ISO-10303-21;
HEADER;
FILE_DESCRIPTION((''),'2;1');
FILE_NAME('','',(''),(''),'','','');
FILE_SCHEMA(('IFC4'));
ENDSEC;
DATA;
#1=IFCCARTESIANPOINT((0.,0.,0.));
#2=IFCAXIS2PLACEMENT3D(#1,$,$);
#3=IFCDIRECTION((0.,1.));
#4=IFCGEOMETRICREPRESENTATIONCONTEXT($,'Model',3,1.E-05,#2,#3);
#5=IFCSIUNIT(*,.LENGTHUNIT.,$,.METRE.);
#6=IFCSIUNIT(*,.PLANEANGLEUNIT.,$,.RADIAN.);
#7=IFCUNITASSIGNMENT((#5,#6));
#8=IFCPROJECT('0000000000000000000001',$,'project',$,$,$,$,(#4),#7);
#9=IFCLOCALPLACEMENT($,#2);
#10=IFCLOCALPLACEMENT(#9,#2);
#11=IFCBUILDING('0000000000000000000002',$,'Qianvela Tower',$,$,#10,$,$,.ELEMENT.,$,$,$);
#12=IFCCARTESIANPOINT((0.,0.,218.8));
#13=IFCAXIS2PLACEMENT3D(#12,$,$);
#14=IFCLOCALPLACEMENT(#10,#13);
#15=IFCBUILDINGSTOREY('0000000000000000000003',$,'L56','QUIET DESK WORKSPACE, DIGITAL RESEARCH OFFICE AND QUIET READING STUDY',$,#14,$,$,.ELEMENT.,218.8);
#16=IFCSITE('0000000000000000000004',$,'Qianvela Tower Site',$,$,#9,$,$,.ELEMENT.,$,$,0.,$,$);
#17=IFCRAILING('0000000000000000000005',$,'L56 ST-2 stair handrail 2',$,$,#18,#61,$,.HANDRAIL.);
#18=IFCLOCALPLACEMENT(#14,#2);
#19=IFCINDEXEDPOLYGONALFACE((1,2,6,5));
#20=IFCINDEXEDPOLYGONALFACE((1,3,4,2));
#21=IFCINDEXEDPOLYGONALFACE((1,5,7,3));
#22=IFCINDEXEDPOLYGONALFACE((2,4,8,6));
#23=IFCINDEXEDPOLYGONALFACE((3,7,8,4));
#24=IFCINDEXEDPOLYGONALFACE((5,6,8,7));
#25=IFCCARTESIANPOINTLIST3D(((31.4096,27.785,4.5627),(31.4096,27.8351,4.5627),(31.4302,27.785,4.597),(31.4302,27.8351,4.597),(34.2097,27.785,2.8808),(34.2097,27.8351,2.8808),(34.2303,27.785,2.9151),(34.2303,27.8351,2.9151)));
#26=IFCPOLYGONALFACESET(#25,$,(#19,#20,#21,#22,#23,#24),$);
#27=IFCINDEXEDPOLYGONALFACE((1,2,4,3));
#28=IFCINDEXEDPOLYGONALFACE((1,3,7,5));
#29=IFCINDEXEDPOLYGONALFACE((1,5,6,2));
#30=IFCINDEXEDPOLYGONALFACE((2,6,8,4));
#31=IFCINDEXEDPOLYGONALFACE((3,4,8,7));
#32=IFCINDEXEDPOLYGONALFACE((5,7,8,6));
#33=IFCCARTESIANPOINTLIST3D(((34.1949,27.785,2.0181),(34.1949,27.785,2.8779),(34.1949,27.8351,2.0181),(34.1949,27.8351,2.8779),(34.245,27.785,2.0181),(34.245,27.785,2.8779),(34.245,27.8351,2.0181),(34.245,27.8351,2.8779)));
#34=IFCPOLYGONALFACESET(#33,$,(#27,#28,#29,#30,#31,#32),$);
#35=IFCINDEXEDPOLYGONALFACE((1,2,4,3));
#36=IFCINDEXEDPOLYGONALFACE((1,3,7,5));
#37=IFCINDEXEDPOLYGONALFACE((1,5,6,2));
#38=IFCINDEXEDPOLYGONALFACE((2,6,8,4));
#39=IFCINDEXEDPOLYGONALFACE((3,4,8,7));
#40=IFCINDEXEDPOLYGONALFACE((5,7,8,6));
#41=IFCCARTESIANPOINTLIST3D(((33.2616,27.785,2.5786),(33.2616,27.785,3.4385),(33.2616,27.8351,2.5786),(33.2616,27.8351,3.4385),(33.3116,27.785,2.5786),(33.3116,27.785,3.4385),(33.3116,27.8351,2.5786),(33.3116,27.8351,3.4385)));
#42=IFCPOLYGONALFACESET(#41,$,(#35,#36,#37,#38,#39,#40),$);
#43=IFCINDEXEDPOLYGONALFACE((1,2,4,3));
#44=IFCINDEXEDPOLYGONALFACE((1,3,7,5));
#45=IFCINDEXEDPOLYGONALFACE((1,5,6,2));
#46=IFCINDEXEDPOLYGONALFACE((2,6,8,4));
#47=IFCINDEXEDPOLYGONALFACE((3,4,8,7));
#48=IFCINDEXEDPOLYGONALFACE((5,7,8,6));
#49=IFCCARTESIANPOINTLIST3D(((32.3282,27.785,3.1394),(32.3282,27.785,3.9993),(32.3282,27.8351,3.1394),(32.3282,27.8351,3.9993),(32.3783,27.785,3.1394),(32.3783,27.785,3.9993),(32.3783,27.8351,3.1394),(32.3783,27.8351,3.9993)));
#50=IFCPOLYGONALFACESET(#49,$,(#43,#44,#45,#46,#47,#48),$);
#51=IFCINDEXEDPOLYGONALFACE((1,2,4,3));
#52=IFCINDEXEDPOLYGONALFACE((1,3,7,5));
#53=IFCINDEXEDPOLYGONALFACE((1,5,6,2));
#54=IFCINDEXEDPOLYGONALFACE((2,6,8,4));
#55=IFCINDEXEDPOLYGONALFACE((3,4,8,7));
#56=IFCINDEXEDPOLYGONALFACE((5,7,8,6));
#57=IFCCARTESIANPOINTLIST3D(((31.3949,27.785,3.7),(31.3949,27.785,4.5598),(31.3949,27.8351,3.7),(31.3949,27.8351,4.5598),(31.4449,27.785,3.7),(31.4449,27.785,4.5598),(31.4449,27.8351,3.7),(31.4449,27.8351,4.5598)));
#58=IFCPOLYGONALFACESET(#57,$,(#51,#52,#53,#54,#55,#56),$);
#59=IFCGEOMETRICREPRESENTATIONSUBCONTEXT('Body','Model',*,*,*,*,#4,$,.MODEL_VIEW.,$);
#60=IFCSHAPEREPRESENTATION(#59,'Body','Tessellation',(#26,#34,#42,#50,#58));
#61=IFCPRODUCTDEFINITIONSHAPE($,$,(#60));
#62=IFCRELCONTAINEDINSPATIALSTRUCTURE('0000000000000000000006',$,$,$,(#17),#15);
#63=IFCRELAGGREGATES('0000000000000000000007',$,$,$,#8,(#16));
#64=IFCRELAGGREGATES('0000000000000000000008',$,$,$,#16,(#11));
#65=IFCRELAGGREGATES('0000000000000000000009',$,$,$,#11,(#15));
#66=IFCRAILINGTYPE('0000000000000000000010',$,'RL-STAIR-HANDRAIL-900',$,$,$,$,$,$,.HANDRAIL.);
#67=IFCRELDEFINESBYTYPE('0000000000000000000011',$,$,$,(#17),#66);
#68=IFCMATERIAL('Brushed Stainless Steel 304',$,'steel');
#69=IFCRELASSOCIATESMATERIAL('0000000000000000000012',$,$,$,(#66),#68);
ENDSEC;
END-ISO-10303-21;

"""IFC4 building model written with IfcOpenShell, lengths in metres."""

from ifc_helpers import new_model, si_unit, direction, frame, origin, origin_2d, place, context, subcontext, project, spatial, rectangle, extrude, material, type_object, element, save


model = new_model("IFC4")

# Units and contexts
model_context = context("Model", 3, precision=1e-05, world=origin(), true_north=direction((0.0, 1.0)))
body_context = subcontext(model_context, "Body", "Model", "MODEL_VIEW")
ifc_project = project(units=[si_unit("LENGTHUNIT", "METRE"), si_unit("PLANEANGLEUNIT", "RADIAN")], contexts=[model_context])

# Site, building, storey
site_placement = place(None, origin())
site = spatial("IfcSite", under=ifc_project, at=site_placement, Name="Qianvela Tower Site", CompositionType="ELEMENT", RefElevation=0.0)
building_placement = place(site_placement, origin())
building = spatial("IfcBuilding", under=site, at=building_placement, Name="Qianvela Tower", CompositionType="ELEMENT")
storey_placement = place(building_placement, frame((0.0, 0.0, 218.8)))
storey = spatial("IfcBuildingStorey", under=building, at=storey_placement, Name="L56", Description="QUIET DESK WORKSPACE, DIGITAL RESEARCH OFFICE AND QUIET READING STUDY", CompositionType="ELEMENT", Elevation=218.8)

# Railing
ifc_material_1 = material(Name="Brushed Stainless Steel 304", Category="steel")
railing_type_1 = type_object("IfcRailingType", Name="RL-STAIR-HANDRAIL-900", PredefinedType="HANDRAIL", material=ifc_material_1)
railing_1_placement = place(storey_placement, frame((34.22, 27.8101, 2.0181)))
element("IfcRailing", 1, at=railing_1_placement, inside=storey, type_object=railing_type_1, Name="L56 ST-2 stair handrail 2", PredefinedType="HANDRAIL", context=body_context, shape_type="SweptSolid", body=[
    extrude(rectangle(XDim=0.05, YDim=0.04, at=origin_2d()), frame((0.0, 0.0, 0.8799), z_axis=(-0.857242, 0.0, 0.514913), x_axis=(0.0, -1.0, 0.0)), (0.0, 0.0, 1.0), 3.2664),
    extrude(rectangle(XDim=0.05, YDim=0.05, at=origin_2d()), origin(), (0.0, 0.0, 1.0), 0.8599),
    extrude(rectangle(XDim=0.05, YDim=0.05, at=origin_2d()), frame((-0.9333, 0.0, 0.5605)), (0.0, 0.0, 1.0), 0.8599),
    extrude(rectangle(XDim=0.05, YDim=0.05, at=origin_2d()), frame((-1.8667, 0.0, 1.1213)), (0.0, 0.0, 1.0), 0.8599),
    extrude(rectangle(XDim=0.05, YDim=0.05, at=origin_2d()), frame((-2.8, 0.0, 1.6819)), (0.0, 0.0, 1.0), 0.8599),
])

save(model, "model.ifc")
